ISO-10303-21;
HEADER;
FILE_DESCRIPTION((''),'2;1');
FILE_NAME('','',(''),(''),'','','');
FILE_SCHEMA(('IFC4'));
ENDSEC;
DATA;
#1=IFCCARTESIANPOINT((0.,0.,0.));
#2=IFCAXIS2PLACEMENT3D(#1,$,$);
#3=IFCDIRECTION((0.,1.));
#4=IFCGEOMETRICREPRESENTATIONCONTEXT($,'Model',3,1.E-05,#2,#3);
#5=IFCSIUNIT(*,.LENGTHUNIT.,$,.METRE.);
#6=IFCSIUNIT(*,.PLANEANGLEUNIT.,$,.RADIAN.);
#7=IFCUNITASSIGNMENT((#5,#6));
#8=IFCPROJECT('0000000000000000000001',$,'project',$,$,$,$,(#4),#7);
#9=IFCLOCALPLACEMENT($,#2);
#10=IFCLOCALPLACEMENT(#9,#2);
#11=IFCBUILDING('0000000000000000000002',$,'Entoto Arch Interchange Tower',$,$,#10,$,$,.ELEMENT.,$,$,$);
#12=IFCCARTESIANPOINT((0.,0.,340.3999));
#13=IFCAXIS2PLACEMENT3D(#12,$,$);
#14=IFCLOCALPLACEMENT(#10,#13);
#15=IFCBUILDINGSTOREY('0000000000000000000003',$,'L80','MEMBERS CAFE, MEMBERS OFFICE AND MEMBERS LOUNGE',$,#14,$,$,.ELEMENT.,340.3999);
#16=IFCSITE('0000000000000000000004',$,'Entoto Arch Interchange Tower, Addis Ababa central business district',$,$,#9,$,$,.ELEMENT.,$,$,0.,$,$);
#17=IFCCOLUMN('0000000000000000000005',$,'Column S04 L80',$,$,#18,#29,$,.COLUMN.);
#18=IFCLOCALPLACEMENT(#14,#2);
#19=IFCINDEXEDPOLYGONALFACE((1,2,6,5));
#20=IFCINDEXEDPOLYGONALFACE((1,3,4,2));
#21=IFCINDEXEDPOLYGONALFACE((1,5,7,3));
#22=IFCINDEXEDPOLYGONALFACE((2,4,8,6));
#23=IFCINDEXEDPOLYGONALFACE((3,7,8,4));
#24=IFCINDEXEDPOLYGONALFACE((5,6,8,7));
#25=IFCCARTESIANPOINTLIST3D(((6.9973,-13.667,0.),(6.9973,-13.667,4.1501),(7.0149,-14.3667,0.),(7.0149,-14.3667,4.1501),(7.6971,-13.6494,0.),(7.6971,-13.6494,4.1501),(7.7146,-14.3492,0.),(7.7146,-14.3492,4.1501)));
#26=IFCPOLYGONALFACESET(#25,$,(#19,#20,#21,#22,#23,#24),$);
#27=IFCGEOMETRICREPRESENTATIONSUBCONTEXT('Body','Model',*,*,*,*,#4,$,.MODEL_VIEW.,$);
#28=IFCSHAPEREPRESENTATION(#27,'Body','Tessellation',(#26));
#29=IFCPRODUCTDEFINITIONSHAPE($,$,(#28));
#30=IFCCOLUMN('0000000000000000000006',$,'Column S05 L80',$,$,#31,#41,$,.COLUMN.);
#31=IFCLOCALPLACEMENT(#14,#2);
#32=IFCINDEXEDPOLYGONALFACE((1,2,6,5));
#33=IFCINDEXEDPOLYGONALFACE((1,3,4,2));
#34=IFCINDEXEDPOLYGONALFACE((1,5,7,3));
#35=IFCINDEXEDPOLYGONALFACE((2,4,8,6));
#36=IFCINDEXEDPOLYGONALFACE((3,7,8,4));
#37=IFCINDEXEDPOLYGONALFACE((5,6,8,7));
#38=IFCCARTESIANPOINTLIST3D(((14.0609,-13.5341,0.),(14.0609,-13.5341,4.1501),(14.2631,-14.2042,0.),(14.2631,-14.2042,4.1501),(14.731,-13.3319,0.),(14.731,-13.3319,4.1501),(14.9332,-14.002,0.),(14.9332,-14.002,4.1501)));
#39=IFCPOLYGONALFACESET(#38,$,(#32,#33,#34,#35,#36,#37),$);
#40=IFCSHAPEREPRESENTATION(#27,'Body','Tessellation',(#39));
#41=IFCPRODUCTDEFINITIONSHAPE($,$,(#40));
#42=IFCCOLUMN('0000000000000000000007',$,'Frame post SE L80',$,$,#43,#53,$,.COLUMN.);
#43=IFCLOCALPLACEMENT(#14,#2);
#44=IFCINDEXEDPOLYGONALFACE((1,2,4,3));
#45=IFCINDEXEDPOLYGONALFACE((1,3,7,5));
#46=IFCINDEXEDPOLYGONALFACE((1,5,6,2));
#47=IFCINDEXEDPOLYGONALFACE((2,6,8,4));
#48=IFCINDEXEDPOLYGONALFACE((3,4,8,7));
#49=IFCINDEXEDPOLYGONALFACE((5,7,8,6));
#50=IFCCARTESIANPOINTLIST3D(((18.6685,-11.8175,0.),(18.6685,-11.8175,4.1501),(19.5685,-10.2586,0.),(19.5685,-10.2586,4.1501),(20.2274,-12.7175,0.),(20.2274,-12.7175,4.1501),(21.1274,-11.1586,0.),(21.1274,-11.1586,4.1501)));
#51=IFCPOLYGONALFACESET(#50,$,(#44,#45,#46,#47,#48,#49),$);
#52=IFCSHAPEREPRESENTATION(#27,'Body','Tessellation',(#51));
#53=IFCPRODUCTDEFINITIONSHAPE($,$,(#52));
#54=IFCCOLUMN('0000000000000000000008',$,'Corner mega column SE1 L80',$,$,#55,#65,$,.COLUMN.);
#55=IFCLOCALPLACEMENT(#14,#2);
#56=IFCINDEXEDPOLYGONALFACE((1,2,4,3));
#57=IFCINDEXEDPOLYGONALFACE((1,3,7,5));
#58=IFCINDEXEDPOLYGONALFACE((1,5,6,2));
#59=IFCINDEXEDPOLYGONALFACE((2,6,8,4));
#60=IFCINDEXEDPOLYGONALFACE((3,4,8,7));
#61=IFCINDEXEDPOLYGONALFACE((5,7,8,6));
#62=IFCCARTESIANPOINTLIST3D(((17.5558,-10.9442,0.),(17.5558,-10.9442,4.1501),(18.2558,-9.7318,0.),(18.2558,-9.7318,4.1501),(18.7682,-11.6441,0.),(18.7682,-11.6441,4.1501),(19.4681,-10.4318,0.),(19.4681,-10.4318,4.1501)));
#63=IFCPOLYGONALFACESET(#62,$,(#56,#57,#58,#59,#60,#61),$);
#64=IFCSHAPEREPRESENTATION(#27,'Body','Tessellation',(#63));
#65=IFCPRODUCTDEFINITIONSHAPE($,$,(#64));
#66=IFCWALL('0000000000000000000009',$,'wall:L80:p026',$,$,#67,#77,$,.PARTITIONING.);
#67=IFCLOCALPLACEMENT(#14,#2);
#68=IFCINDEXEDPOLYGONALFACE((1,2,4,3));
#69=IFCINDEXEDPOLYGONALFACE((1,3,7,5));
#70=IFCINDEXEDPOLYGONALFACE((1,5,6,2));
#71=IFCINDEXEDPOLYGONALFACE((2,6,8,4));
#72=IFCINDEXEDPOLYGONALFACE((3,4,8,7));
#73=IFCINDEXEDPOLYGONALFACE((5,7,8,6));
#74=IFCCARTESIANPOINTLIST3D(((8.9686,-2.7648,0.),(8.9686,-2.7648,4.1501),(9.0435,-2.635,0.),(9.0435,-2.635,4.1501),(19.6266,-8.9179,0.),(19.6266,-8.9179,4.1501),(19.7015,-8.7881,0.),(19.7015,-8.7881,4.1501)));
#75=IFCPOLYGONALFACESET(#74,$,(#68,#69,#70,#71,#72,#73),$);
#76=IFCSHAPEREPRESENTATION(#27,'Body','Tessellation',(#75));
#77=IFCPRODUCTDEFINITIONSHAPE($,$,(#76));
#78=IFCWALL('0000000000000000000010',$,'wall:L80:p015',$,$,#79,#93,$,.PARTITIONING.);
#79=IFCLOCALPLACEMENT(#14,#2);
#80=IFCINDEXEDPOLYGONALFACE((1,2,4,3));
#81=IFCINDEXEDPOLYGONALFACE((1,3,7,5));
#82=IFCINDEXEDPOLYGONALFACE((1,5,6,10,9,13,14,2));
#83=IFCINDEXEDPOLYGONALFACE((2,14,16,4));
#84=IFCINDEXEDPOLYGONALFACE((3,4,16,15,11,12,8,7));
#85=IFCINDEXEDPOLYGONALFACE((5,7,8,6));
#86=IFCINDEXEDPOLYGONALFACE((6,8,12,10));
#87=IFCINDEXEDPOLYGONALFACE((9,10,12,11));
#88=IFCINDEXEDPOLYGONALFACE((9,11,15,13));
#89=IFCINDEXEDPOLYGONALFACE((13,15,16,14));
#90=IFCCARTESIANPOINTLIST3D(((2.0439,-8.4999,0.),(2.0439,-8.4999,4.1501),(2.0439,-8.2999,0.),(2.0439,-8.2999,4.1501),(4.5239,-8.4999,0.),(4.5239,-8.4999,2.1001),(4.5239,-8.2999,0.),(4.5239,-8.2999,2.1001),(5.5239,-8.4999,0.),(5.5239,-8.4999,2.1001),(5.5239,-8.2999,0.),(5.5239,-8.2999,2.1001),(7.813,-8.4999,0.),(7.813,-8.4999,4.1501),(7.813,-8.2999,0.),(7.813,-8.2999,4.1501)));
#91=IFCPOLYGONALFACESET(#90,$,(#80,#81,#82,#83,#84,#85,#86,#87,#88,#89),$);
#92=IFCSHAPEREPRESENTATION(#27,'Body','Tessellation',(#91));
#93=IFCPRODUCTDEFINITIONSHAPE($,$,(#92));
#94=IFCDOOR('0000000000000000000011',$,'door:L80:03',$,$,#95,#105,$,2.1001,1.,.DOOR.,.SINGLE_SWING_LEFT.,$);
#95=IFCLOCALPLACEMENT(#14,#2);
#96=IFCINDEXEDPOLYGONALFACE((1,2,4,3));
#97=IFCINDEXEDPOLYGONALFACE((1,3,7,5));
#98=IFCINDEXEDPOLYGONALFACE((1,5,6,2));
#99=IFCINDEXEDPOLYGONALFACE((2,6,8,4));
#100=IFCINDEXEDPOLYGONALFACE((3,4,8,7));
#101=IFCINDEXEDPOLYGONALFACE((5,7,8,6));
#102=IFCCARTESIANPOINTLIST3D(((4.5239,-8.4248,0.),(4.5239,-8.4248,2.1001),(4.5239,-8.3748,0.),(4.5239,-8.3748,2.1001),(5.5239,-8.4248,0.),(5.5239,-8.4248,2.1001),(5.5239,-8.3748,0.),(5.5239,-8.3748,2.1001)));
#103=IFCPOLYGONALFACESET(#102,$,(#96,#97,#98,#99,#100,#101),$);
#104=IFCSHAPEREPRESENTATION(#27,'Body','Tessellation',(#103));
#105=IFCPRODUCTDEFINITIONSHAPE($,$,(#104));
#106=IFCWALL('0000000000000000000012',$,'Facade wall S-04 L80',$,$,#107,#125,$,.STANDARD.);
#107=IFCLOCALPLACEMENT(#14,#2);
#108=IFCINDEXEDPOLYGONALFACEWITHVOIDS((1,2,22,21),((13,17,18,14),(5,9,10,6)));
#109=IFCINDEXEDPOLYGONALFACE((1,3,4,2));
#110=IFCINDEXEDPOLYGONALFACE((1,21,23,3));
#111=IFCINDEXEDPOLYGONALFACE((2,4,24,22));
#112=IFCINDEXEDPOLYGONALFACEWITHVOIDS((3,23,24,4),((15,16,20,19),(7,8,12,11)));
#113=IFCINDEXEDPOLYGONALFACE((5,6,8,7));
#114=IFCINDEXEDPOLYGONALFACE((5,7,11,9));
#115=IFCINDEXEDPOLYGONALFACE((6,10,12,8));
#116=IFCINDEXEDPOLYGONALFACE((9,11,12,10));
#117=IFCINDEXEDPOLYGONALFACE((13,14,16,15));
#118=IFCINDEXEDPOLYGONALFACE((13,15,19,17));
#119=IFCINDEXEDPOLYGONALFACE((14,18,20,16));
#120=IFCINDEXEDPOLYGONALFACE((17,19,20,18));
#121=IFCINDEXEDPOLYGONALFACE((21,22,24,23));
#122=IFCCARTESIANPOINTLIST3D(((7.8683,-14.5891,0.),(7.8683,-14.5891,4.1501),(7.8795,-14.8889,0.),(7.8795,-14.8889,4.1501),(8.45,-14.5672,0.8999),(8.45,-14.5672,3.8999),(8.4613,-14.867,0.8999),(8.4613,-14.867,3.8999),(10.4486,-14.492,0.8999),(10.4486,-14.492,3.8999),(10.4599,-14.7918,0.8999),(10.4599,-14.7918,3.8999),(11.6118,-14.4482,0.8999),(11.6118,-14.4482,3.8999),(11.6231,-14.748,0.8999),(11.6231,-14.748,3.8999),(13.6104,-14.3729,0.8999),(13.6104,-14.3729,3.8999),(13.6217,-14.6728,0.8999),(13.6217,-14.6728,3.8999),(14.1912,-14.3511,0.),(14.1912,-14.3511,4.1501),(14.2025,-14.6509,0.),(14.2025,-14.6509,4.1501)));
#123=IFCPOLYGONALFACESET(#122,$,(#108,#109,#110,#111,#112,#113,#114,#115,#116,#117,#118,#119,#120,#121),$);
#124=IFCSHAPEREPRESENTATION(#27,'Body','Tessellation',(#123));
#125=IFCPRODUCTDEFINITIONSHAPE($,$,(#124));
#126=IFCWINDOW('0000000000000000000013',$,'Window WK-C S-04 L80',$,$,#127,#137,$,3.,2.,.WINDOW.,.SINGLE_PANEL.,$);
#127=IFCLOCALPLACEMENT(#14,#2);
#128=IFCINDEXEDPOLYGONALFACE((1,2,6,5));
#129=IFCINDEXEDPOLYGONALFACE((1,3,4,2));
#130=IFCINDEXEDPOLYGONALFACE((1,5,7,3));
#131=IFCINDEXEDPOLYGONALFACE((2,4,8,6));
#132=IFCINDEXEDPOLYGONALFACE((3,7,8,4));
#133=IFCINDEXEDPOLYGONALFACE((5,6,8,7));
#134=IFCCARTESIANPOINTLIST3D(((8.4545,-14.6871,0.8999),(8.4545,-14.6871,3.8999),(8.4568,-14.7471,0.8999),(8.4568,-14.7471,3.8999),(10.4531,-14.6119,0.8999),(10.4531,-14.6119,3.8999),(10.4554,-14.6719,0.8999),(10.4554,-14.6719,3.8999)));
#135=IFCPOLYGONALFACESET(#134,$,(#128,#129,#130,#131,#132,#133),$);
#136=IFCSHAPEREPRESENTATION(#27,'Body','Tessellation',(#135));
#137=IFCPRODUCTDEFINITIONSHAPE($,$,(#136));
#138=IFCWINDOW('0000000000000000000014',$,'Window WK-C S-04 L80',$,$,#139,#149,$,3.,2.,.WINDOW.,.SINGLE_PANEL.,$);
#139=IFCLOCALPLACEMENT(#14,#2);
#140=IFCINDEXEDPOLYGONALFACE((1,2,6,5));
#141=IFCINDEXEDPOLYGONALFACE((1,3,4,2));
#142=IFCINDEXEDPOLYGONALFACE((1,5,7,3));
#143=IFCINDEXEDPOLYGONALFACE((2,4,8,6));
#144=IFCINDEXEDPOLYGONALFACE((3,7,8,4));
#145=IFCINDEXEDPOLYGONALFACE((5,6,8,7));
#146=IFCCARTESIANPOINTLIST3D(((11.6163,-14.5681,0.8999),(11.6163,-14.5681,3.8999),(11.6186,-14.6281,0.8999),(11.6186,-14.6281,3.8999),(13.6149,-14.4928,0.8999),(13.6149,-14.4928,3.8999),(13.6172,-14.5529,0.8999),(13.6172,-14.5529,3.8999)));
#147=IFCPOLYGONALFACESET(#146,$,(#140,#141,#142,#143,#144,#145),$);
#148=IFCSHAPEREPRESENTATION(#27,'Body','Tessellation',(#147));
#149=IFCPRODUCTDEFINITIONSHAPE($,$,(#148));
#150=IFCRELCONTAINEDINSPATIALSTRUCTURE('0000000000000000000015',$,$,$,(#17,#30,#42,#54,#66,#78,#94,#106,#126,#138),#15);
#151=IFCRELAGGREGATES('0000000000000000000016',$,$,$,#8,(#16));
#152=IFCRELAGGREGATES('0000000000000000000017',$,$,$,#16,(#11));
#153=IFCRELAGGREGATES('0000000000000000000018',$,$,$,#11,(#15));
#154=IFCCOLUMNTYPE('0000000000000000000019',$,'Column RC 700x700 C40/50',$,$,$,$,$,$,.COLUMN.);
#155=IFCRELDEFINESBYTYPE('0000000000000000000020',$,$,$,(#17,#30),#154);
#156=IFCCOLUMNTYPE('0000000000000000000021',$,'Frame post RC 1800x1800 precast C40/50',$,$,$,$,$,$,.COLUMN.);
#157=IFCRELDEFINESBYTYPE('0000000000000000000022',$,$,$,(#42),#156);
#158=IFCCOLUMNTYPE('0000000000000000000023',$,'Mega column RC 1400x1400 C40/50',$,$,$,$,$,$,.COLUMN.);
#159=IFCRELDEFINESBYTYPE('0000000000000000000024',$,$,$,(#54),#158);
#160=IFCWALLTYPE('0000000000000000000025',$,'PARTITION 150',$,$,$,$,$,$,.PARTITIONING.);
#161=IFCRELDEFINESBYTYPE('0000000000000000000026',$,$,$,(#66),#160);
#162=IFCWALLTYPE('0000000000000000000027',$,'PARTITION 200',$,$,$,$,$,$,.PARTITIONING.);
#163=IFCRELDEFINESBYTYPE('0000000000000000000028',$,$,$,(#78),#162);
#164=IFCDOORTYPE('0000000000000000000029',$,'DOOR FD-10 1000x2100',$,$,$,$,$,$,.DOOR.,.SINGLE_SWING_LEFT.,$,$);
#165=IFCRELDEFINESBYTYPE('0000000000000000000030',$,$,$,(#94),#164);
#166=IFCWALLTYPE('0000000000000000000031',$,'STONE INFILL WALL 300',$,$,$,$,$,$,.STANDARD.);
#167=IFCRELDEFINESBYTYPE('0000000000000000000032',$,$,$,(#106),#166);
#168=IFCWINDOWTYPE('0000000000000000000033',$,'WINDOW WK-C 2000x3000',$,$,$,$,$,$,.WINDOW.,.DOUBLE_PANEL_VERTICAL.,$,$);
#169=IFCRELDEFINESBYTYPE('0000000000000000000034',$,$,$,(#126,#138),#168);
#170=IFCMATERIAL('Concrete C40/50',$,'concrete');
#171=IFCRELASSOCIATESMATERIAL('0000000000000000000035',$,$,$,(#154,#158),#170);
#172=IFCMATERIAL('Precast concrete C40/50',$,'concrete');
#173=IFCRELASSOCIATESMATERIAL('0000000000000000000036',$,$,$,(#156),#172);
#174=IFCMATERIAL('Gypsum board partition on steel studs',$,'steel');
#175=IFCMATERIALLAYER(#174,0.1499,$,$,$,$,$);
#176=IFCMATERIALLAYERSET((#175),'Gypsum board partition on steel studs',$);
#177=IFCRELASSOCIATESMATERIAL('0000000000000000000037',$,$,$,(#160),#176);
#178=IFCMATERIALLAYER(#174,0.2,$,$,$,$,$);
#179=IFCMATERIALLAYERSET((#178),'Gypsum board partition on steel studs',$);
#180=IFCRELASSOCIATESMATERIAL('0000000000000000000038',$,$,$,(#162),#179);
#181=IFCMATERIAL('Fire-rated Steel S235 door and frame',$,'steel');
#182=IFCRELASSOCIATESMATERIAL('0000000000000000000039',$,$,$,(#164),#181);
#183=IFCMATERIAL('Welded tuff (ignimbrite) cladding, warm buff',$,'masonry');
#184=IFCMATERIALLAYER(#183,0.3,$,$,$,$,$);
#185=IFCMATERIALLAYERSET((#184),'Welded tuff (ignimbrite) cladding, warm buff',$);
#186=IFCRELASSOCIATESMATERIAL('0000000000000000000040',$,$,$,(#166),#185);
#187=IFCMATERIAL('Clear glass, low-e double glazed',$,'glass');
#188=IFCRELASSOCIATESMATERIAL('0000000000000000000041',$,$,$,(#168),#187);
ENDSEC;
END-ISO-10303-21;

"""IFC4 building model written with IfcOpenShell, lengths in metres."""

from ifc_helpers import new_model, si_unit, direction, frame, frame_2d, origin, origin_2d, place, context, subcontext, project, spatial, rectangle, extrude, material, layer, layer_set, material_profile, profile_set, type_object, element, fill, save


model = new_model("IFC4")

# Units and contexts
model_context = context("Model", 3, precision=1e-05, world=origin(), true_north=direction((0.0, 1.0)))
body_context = subcontext(model_context, "Body", "Model", "MODEL_VIEW")
ifc_project = project(units=[si_unit("LENGTHUNIT", "METRE"), si_unit("PLANEANGLEUNIT", "RADIAN")], contexts=[model_context])

# Site, building, storey
site_placement = place(None, origin())
site = spatial("IfcSite", under=ifc_project, at=site_placement, Name="Entoto Arch Interchange Tower, Addis Ababa central business district", CompositionType="ELEMENT", RefElevation=0.0)
building_placement = place(site_placement, origin())
building = spatial("IfcBuilding", under=site, at=building_placement, Name="Entoto Arch Interchange Tower", CompositionType="ELEMENT")
storey_placement = place(building_placement, frame((0.0, 0.0, 340.3999)))
storey = spatial("IfcBuildingStorey", under=building, at=storey_placement, Name="L80", Description="MEMBERS CAFE, MEMBERS OFFICE AND MEMBERS LOUNGE", CompositionType="ELEMENT", Elevation=340.3999)

# Columns
ifc_material_1 = material(Name="Concrete C40/50", Category="concrete")
ifc_material_profile_1 = material_profile(ifc_material_1, rectangle(XDim=0.7, YDim=0.7, at=origin_2d()))
ifc_profile_set_1 = profile_set([ifc_material_profile_1], Name="Concrete C40/50")
column_type_1 = type_object("IfcColumnType", Name="Column RC 700x700 C40/50", PredefinedType="COLUMN", material=ifc_profile_set_1)
for number, where, z_axis, x_axis, name in (
    (1, (7.356, -14.0081, 0.0), (0.0, 0.0, 1.0), (0.999686, 0.02506, 0.0), "Column S04 L80"),
    (2, (14.4971, -13.7681, 0.0), (0.0, 0.0, 1.0), (0.957345, 0.288948, 0.0), "Column S05 L80"),
):
    element("IfcColumn", number, at=place(storey_placement, frame(where, z_axis=z_axis, x_axis=x_axis)), inside=storey, type_object=column_type_1, Name=name, PredefinedType="COLUMN", context=body_context, shape_type="SweptSolid", body=[
        extrude(rectangle(XDim=0.7, YDim=0.7, at=origin_2d()), origin(), (0.0, 0.0, 1.0), 4.1501),
    ])
ifc_material_2 = material(Name="Precast concrete C40/50", Category="concrete")
ifc_material_profile_2 = material_profile(ifc_material_2, rectangle(XDim=1.8, YDim=1.8, at=origin_2d()))
ifc_profile_set_2 = profile_set([ifc_material_profile_2], Name="Precast concrete C40/50")
column_type_2 = type_object("IfcColumnType", Name="Frame post RC 1800x1800 precast C40/50", PredefinedType="COLUMN", material=ifc_profile_set_2)
column_1_placement = place(storey_placement, frame((19.8979, -11.488, 0.0), z_axis=(0.0, 0.0, 1.0), x_axis=(-0.866025, 0.5, 0.0)))
element("IfcColumn", 3, at=column_1_placement, inside=storey, type_object=column_type_2, Name="Frame post SE L80", PredefinedType="COLUMN", context=body_context, shape_type="SweptSolid", body=[
    extrude(rectangle(XDim=1.8, YDim=1.8, at=origin_2d()), origin(), (0.0, 0.0, 1.0), 4.1501),
])
ifc_material_profile_3 = material_profile(ifc_material_1, rectangle(XDim=1.3999, YDim=1.3999, at=origin_2d()))
ifc_profile_set_3 = profile_set([ifc_material_profile_3], Name="Concrete C40/50")
column_type_3 = type_object("IfcColumnType", Name="Mega column RC 1400x1400 C40/50", PredefinedType="COLUMN", material=ifc_profile_set_3)
column_2_placement = place(storey_placement, frame((18.512, -10.688, 0.0), z_axis=(0.0, 0.0, 1.0), x_axis=(-0.866025, 0.5, 0.0)))
element("IfcColumn", 4, at=column_2_placement, inside=storey, type_object=column_type_3, Name="Corner mega column SE1 L80", PredefinedType="COLUMN", context=body_context, shape_type="SweptSolid", body=[
    extrude(rectangle(XDim=1.3999, YDim=1.3999, at=origin_2d()), origin(), (0.0, 0.0, 1.0), 4.1501),
])

# Wall
ifc_material_3 = material(Name="Gypsum board partition on steel studs", Category="steel")
ifc_layer_1 = layer(ifc_material_3, 0.1499)
ifc_layer_set_1 = layer_set([ifc_layer_1], Name="Gypsum board partition on steel studs")
wall_type_1 = type_object("IfcWallType", Name="PARTITION 150", PredefinedType="PARTITIONING", material=ifc_layer_set_1)
wall_1_placement = place(storey_placement, frame((19.6641, -8.853, 0.0), z_axis=(0.0, 0.0, 1.0), x_axis=(-0.866036, 0.499982, 0.0)))
element("IfcWall", 5, at=wall_1_placement, inside=storey, type_object=wall_type_1, Name="wall:L80:p026", PredefinedType="PARTITIONING", context=body_context, shape_type="SweptSolid", body=[
    extrude(rectangle(XDim=12.3066, YDim=0.1499, at=frame_2d((6.1533, 0.0))), origin(), (0.0, 0.0, 1.0), 4.1501),
])

# Wall, opening, door
ifc_layer_2 = layer(ifc_material_3, 0.2)
ifc_layer_set_2 = layer_set([ifc_layer_2], Name="Gypsum board partition on steel studs")
wall_type_2 = type_object("IfcWallType", Name="PARTITION 200", PredefinedType="PARTITIONING", material=ifc_layer_set_2)
wall_2_placement = place(storey_placement, frame((7.813, -8.3999, 0.0), z_axis=(0.0, 0.0, 1.0), x_axis=(-1.0, 0.0, 0.0)))
wall_2 = element("IfcWall", 6, at=wall_2_placement, inside=storey, type_object=wall_type_2, Name="wall:L80:p015", PredefinedType="PARTITIONING", context=body_context, shape_type="SweptSolid", body=[
    extrude(rectangle(XDim=5.769, YDim=0.2, at=frame_2d((2.8845, 0.0))), origin(), (0.0, 0.0, 1.0), 4.1501),
])
opening_1_placement = place(wall_2_placement, frame((2.2891, 0.0, 0.0)))
opening_1 = element("IfcOpeningElement", 7, at=opening_1_placement, cuts=wall_2, PredefinedType="OPENING", context=body_context, shape_type="SweptSolid", body=[
    extrude(rectangle(XDim=1.0, YDim=2.1001, at=frame_2d((0.5, 1.05))), frame((0.0, 0.1099, 0.0), z_axis=(0.0, -1.0, 0.0), x_axis=(1.0, 0.0, 0.0)), (0.0, 0.0, 1.0), 0.22),
])
ifc_material_4 = material(Name="Fire-rated Steel S235 door and frame", Category="steel")
door_type = type_object("IfcDoorType", Name="DOOR FD-10 1000x2100", OperationType="SINGLE_SWING_LEFT", PredefinedType="DOOR", material=ifc_material_4)
door_placement = place(opening_1_placement, origin())
door = element("IfcDoor", 8, at=door_placement, inside=storey, type_object=door_type, Name="door:L80:03", OperationType="SINGLE_SWING_LEFT", OverallHeight=2.1001, OverallWidth=1.0, PredefinedType="DOOR", context=body_context, shape_type="SweptSolid", body=[
    extrude(rectangle(XDim=1.0, YDim=2.1001, at=frame_2d((0.5, 1.05))), frame((0.0, 0.0249, 0.0), z_axis=(0.0, -1.0, 0.0), x_axis=(1.0, 0.0, 0.0)), (0.0, 0.0, 1.0), 0.05),
])
fill(opening_1, door)

# Wall, openings, windows
ifc_material_5 = material(Name="Welded tuff (ignimbrite) cladding, warm buff", Category="masonry")
ifc_layer_3 = layer(ifc_material_5, 0.3)
ifc_layer_set_3 = layer_set([ifc_layer_3], Name="Welded tuff (ignimbrite) cladding, warm buff")
wall_type_3 = type_object("IfcWallType", Name="STONE INFILL WALL 300", PredefinedType="STANDARD", material=ifc_layer_set_3)
wall_3_placement = place(storey_placement, frame((7.874, -14.739, 0.0), z_axis=(0.0, 0.0, 1.0), x_axis=(0.999292, 0.03762, 0.0)))
wall_3 = element("IfcWall", 9, at=wall_3_placement, inside=storey, type_object=wall_type_3, Name="Facade wall S-04 L80", PredefinedType="STANDARD", context=body_context, shape_type="SweptSolid", body=[
    extrude(rectangle(XDim=6.3274, YDim=0.3, at=frame_2d((3.1636, 0.0))), origin(), (0.0, 0.0, 1.0), 4.1501),
])
opening_2_placement = place(wall_3_placement, frame((0.582, 0.0, 0.8999)))
opening_2 = element("IfcOpeningElement", 10, at=opening_2_placement, cuts=wall_3, PredefinedType="OPENING", context=body_context, shape_type="SweptSolid", body=[
    extrude(rectangle(XDim=2.0, YDim=3.0, at=frame_2d((1.0, 1.5))), frame((0.0, 0.1602, 0.0), z_axis=(0.0, -1.0, 0.0), x_axis=(1.0, 0.0, 0.0)), (0.0, 0.0, 1.0), 0.3201),
])
opening_3_placement = place(wall_3_placement, frame((3.7461, 0.0, 0.8999)))
opening_3 = element("IfcOpeningElement", 11, at=opening_3_placement, cuts=wall_3, PredefinedType="OPENING", context=body_context, shape_type="SweptSolid", body=[
    extrude(rectangle(XDim=2.0, YDim=3.0, at=frame_2d((1.0, 1.5))), frame((0.0, 0.1602, 0.0), z_axis=(0.0, -1.0, 0.0), x_axis=(1.0, 0.0, 0.0)), (0.0, 0.0, 1.0), 0.3201),
])
ifc_material_6 = material(Name="Clear glass, low-e double glazed", Category="glass")
window_type_1 = type_object("IfcWindowType", Name="WINDOW WK-C 2000x3000", PartitioningType="DOUBLE_PANEL_VERTICAL", PredefinedType="WINDOW", material=ifc_material_6)
window_1_placement = place(opening_2_placement, origin())
window_1 = element("IfcWindow", 12, at=window_1_placement, inside=storey, type_object=window_type_1, Name="Window WK-C S-04 L80", OverallHeight=3.0, OverallWidth=2.0, PartitioningType="SINGLE_PANEL", PredefinedType="WINDOW", context=body_context, shape_type="SweptSolid", body=[
    extrude(rectangle(XDim=2.0, YDim=3.0, at=frame_2d((1.0, 1.5))), frame((0.0, 0.03, 0.0), z_axis=(0.0, -1.0, 0.0), x_axis=(1.0, 0.0, 0.0)), (0.0, 0.0, 1.0), 0.0601),
])
fill(opening_2, window_1)
window_2_placement = place(opening_3_placement, origin())
window_2 = element("IfcWindow", 13, at=window_2_placement, inside=storey, type_object=window_type_1, Name="Window WK-C S-04 L80", OverallHeight=3.0, OverallWidth=2.0, PartitioningType="SINGLE_PANEL", PredefinedType="WINDOW", context=body_context, shape_type="SweptSolid", body=[
    extrude(rectangle(XDim=2.0, YDim=3.0, at=frame_2d((1.0, 1.5))), frame((0.0, 0.03, 0.0), z_axis=(0.0, -1.0, 0.0), x_axis=(1.0, 0.0, 0.0)), (0.0, 0.0, 1.0), 0.0601),
])
fill(opening_3, window_2)

save(model, "model.ifc")
